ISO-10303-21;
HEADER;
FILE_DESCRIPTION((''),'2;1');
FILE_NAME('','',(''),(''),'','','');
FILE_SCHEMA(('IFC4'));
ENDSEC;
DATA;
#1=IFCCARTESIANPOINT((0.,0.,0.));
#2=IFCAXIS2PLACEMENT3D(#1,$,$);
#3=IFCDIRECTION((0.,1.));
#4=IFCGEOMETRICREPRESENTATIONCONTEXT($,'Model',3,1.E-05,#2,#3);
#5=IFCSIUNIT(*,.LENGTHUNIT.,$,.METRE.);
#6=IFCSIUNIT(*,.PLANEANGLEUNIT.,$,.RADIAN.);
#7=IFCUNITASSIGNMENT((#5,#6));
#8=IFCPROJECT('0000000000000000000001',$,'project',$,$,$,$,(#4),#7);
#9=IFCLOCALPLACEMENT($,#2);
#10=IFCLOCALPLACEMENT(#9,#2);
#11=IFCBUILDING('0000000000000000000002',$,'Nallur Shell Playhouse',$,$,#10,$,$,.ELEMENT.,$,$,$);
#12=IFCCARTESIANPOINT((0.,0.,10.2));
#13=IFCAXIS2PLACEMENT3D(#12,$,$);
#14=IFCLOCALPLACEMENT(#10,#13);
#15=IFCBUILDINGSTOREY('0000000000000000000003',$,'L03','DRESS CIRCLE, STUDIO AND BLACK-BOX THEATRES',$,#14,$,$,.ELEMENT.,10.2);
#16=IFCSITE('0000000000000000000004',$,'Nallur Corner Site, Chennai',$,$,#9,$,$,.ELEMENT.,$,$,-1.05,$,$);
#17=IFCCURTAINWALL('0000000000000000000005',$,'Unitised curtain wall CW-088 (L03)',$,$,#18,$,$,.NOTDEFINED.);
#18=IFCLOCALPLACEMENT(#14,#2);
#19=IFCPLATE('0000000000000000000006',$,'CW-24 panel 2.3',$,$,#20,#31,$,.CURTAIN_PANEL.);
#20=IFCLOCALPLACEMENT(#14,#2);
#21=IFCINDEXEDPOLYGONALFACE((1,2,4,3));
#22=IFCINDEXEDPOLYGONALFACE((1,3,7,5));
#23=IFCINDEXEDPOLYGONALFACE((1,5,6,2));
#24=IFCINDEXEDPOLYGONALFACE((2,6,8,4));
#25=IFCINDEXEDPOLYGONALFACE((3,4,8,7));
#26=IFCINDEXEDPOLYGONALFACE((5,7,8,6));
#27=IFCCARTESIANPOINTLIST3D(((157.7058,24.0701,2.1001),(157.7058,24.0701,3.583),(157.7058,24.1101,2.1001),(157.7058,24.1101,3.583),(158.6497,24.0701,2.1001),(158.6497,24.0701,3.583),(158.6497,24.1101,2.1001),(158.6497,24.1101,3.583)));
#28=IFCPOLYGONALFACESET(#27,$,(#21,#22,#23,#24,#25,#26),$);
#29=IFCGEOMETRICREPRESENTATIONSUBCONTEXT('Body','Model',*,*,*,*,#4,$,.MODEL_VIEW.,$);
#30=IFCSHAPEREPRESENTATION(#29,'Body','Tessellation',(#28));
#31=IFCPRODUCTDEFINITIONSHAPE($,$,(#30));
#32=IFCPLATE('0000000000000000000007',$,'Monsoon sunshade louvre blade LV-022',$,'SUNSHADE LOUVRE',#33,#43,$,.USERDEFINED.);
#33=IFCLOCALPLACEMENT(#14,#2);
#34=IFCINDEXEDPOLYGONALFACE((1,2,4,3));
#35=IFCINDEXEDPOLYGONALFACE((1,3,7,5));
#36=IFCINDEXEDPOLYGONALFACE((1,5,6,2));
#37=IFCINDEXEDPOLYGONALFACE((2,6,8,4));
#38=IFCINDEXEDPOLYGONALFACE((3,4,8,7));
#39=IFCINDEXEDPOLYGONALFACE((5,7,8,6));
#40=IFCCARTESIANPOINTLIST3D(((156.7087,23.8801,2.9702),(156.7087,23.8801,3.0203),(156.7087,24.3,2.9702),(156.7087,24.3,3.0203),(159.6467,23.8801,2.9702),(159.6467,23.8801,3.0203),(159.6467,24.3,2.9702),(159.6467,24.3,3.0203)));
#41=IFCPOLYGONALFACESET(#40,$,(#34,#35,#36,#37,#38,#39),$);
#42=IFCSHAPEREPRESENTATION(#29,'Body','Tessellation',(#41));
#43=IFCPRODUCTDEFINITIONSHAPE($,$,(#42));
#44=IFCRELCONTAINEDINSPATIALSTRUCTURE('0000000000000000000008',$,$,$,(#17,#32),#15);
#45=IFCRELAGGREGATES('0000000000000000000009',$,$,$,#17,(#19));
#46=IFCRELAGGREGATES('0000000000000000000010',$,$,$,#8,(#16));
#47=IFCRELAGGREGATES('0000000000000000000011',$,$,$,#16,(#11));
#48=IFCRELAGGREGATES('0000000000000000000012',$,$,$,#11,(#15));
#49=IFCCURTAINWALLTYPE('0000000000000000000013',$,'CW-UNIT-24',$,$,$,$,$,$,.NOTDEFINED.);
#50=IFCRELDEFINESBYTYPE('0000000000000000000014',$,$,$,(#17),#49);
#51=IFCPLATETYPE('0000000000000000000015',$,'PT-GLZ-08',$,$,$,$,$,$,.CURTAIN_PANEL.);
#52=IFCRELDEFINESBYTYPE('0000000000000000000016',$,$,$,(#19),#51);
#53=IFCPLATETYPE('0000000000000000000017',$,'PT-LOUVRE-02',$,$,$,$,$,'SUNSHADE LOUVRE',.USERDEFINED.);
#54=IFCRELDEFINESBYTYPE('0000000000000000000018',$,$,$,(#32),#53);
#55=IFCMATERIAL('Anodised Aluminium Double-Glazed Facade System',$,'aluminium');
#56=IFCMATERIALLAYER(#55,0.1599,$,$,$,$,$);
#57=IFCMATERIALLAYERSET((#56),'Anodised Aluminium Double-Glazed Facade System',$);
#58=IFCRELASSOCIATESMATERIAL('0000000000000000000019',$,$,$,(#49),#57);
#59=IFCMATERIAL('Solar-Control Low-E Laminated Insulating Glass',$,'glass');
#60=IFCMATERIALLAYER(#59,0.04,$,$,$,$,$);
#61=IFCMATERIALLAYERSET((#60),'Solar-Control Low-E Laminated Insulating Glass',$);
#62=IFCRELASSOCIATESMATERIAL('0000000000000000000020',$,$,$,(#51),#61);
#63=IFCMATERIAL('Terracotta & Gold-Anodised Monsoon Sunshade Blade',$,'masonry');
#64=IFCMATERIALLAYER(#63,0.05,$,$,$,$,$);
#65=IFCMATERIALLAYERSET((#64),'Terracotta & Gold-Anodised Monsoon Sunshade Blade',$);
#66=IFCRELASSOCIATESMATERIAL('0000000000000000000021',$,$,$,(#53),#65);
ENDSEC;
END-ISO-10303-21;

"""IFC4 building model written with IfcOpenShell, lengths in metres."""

from ifc_helpers import new_model, si_unit, direction, frame, origin, origin_2d, place, context, subcontext, project, spatial, rectangle, extrude, material, layer, layer_set, type_object, element, aggregate, save


model = new_model("IFC4")

# Units and contexts
model_context = context("Model", 3, precision=1e-05, world=origin(), true_north=direction((0.0, 1.0)))
body_context = subcontext(model_context, "Body", "Model", "MODEL_VIEW")
ifc_project = project(units=[si_unit("LENGTHUNIT", "METRE"), si_unit("PLANEANGLEUNIT", "RADIAN")], contexts=[model_context])

# Site, building, storey
site_placement = place(None, origin())
site = spatial("IfcSite", under=ifc_project, at=site_placement, Name="Nallur Corner Site, Chennai", CompositionType="ELEMENT", RefElevation=-1.05)
building_placement = place(site_placement, origin())
building = spatial("IfcBuilding", under=site, at=building_placement, Name="Nallur Shell Playhouse", CompositionType="ELEMENT")
storey_placement = place(building_placement, frame((0.0, 0.0, 10.2)))
storey = spatial("IfcBuildingStorey", under=building, at=storey_placement, Name="L03", Description="DRESS CIRCLE, STUDIO AND BLACK-BOX THEATRES", CompositionType="ELEMENT", Elevation=10.2)

# Curtain wall
ifc_material_1 = material(Name="Anodised Aluminium Double-Glazed Facade System", Category="aluminium")
ifc_layer_1 = layer(ifc_material_1, 0.1599)
ifc_layer_set_1 = layer_set([ifc_layer_1], Name="Anodised Aluminium Double-Glazed Facade System")
curtain_wall_type_1 = type_object("IfcCurtainWallType", Name="CW-UNIT-24", PredefinedType="NOTDEFINED", material=ifc_layer_set_1)
curtain_wall_1_placement = place(storey_placement, origin())
curtain_wall_1 = element("IfcCurtainWall", 1, at=curtain_wall_1_placement, inside=storey, type_object=curtain_wall_type_1, Name="Unitised curtain wall CW-088 (L03)", PredefinedType="NOTDEFINED")

# Plates
ifc_material_2 = material(Name="Solar-Control Low-E Laminated Insulating Glass", Category="glass")
ifc_layer_2 = layer(ifc_material_2, 0.04)
ifc_layer_set_2 = layer_set([ifc_layer_2], Name="Solar-Control Low-E Laminated Insulating Glass")
plate_type_1 = type_object("IfcPlateType", Name="PT-GLZ-08", PredefinedType="CURTAIN_PANEL", material=ifc_layer_set_2)
plate_1_placement = place(storey_placement, frame((158.1777, 24.0901, 2.1001), z_axis=(0.0, 0.0, 1.0), x_axis=(-1.0, 0.0, 0.0)))
plate_1 = element("IfcPlate", 2, at=plate_1_placement, type_object=plate_type_1, Name="CW-24 panel 2.3", PredefinedType="CURTAIN_PANEL", context=body_context, shape_type="SweptSolid", body=[
    extrude(rectangle(XDim=0.9438, YDim=0.04, at=origin_2d()), origin(), (0.0, 0.0, 1.0), 1.4829),
])
aggregate(curtain_wall_1, [plate_1])
ifc_material_3 = material(Name="Terracotta & Gold-Anodised Monsoon Sunshade Blade", Category="masonry")
ifc_layer_3 = layer(ifc_material_3, 0.05)
ifc_layer_set_3 = layer_set([ifc_layer_3], Name="Terracotta & Gold-Anodised Monsoon Sunshade Blade")
plate_type_2 = type_object("IfcPlateType", Name="PT-LOUVRE-02", ElementType="SUNSHADE LOUVRE", PredefinedType="USERDEFINED", material=ifc_layer_set_3)
plate_2_placement = place(storey_placement, frame((158.1777, 24.0901, 2.9702), z_axis=(0.0, 0.0, 1.0), x_axis=(-1.0, 0.0, 0.0)))
element("IfcPlate", 3, at=plate_2_placement, inside=storey, type_object=plate_type_2, Name="Monsoon sunshade louvre blade LV-022", ObjectType="SUNSHADE LOUVRE", PredefinedType="USERDEFINED", context=body_context, shape_type="SweptSolid", body=[
    extrude(rectangle(XDim=2.938, YDim=0.4199, at=origin_2d()), origin(), (0.0, 0.0, 1.0), 0.05),
])

save(model, "model.ifc")
